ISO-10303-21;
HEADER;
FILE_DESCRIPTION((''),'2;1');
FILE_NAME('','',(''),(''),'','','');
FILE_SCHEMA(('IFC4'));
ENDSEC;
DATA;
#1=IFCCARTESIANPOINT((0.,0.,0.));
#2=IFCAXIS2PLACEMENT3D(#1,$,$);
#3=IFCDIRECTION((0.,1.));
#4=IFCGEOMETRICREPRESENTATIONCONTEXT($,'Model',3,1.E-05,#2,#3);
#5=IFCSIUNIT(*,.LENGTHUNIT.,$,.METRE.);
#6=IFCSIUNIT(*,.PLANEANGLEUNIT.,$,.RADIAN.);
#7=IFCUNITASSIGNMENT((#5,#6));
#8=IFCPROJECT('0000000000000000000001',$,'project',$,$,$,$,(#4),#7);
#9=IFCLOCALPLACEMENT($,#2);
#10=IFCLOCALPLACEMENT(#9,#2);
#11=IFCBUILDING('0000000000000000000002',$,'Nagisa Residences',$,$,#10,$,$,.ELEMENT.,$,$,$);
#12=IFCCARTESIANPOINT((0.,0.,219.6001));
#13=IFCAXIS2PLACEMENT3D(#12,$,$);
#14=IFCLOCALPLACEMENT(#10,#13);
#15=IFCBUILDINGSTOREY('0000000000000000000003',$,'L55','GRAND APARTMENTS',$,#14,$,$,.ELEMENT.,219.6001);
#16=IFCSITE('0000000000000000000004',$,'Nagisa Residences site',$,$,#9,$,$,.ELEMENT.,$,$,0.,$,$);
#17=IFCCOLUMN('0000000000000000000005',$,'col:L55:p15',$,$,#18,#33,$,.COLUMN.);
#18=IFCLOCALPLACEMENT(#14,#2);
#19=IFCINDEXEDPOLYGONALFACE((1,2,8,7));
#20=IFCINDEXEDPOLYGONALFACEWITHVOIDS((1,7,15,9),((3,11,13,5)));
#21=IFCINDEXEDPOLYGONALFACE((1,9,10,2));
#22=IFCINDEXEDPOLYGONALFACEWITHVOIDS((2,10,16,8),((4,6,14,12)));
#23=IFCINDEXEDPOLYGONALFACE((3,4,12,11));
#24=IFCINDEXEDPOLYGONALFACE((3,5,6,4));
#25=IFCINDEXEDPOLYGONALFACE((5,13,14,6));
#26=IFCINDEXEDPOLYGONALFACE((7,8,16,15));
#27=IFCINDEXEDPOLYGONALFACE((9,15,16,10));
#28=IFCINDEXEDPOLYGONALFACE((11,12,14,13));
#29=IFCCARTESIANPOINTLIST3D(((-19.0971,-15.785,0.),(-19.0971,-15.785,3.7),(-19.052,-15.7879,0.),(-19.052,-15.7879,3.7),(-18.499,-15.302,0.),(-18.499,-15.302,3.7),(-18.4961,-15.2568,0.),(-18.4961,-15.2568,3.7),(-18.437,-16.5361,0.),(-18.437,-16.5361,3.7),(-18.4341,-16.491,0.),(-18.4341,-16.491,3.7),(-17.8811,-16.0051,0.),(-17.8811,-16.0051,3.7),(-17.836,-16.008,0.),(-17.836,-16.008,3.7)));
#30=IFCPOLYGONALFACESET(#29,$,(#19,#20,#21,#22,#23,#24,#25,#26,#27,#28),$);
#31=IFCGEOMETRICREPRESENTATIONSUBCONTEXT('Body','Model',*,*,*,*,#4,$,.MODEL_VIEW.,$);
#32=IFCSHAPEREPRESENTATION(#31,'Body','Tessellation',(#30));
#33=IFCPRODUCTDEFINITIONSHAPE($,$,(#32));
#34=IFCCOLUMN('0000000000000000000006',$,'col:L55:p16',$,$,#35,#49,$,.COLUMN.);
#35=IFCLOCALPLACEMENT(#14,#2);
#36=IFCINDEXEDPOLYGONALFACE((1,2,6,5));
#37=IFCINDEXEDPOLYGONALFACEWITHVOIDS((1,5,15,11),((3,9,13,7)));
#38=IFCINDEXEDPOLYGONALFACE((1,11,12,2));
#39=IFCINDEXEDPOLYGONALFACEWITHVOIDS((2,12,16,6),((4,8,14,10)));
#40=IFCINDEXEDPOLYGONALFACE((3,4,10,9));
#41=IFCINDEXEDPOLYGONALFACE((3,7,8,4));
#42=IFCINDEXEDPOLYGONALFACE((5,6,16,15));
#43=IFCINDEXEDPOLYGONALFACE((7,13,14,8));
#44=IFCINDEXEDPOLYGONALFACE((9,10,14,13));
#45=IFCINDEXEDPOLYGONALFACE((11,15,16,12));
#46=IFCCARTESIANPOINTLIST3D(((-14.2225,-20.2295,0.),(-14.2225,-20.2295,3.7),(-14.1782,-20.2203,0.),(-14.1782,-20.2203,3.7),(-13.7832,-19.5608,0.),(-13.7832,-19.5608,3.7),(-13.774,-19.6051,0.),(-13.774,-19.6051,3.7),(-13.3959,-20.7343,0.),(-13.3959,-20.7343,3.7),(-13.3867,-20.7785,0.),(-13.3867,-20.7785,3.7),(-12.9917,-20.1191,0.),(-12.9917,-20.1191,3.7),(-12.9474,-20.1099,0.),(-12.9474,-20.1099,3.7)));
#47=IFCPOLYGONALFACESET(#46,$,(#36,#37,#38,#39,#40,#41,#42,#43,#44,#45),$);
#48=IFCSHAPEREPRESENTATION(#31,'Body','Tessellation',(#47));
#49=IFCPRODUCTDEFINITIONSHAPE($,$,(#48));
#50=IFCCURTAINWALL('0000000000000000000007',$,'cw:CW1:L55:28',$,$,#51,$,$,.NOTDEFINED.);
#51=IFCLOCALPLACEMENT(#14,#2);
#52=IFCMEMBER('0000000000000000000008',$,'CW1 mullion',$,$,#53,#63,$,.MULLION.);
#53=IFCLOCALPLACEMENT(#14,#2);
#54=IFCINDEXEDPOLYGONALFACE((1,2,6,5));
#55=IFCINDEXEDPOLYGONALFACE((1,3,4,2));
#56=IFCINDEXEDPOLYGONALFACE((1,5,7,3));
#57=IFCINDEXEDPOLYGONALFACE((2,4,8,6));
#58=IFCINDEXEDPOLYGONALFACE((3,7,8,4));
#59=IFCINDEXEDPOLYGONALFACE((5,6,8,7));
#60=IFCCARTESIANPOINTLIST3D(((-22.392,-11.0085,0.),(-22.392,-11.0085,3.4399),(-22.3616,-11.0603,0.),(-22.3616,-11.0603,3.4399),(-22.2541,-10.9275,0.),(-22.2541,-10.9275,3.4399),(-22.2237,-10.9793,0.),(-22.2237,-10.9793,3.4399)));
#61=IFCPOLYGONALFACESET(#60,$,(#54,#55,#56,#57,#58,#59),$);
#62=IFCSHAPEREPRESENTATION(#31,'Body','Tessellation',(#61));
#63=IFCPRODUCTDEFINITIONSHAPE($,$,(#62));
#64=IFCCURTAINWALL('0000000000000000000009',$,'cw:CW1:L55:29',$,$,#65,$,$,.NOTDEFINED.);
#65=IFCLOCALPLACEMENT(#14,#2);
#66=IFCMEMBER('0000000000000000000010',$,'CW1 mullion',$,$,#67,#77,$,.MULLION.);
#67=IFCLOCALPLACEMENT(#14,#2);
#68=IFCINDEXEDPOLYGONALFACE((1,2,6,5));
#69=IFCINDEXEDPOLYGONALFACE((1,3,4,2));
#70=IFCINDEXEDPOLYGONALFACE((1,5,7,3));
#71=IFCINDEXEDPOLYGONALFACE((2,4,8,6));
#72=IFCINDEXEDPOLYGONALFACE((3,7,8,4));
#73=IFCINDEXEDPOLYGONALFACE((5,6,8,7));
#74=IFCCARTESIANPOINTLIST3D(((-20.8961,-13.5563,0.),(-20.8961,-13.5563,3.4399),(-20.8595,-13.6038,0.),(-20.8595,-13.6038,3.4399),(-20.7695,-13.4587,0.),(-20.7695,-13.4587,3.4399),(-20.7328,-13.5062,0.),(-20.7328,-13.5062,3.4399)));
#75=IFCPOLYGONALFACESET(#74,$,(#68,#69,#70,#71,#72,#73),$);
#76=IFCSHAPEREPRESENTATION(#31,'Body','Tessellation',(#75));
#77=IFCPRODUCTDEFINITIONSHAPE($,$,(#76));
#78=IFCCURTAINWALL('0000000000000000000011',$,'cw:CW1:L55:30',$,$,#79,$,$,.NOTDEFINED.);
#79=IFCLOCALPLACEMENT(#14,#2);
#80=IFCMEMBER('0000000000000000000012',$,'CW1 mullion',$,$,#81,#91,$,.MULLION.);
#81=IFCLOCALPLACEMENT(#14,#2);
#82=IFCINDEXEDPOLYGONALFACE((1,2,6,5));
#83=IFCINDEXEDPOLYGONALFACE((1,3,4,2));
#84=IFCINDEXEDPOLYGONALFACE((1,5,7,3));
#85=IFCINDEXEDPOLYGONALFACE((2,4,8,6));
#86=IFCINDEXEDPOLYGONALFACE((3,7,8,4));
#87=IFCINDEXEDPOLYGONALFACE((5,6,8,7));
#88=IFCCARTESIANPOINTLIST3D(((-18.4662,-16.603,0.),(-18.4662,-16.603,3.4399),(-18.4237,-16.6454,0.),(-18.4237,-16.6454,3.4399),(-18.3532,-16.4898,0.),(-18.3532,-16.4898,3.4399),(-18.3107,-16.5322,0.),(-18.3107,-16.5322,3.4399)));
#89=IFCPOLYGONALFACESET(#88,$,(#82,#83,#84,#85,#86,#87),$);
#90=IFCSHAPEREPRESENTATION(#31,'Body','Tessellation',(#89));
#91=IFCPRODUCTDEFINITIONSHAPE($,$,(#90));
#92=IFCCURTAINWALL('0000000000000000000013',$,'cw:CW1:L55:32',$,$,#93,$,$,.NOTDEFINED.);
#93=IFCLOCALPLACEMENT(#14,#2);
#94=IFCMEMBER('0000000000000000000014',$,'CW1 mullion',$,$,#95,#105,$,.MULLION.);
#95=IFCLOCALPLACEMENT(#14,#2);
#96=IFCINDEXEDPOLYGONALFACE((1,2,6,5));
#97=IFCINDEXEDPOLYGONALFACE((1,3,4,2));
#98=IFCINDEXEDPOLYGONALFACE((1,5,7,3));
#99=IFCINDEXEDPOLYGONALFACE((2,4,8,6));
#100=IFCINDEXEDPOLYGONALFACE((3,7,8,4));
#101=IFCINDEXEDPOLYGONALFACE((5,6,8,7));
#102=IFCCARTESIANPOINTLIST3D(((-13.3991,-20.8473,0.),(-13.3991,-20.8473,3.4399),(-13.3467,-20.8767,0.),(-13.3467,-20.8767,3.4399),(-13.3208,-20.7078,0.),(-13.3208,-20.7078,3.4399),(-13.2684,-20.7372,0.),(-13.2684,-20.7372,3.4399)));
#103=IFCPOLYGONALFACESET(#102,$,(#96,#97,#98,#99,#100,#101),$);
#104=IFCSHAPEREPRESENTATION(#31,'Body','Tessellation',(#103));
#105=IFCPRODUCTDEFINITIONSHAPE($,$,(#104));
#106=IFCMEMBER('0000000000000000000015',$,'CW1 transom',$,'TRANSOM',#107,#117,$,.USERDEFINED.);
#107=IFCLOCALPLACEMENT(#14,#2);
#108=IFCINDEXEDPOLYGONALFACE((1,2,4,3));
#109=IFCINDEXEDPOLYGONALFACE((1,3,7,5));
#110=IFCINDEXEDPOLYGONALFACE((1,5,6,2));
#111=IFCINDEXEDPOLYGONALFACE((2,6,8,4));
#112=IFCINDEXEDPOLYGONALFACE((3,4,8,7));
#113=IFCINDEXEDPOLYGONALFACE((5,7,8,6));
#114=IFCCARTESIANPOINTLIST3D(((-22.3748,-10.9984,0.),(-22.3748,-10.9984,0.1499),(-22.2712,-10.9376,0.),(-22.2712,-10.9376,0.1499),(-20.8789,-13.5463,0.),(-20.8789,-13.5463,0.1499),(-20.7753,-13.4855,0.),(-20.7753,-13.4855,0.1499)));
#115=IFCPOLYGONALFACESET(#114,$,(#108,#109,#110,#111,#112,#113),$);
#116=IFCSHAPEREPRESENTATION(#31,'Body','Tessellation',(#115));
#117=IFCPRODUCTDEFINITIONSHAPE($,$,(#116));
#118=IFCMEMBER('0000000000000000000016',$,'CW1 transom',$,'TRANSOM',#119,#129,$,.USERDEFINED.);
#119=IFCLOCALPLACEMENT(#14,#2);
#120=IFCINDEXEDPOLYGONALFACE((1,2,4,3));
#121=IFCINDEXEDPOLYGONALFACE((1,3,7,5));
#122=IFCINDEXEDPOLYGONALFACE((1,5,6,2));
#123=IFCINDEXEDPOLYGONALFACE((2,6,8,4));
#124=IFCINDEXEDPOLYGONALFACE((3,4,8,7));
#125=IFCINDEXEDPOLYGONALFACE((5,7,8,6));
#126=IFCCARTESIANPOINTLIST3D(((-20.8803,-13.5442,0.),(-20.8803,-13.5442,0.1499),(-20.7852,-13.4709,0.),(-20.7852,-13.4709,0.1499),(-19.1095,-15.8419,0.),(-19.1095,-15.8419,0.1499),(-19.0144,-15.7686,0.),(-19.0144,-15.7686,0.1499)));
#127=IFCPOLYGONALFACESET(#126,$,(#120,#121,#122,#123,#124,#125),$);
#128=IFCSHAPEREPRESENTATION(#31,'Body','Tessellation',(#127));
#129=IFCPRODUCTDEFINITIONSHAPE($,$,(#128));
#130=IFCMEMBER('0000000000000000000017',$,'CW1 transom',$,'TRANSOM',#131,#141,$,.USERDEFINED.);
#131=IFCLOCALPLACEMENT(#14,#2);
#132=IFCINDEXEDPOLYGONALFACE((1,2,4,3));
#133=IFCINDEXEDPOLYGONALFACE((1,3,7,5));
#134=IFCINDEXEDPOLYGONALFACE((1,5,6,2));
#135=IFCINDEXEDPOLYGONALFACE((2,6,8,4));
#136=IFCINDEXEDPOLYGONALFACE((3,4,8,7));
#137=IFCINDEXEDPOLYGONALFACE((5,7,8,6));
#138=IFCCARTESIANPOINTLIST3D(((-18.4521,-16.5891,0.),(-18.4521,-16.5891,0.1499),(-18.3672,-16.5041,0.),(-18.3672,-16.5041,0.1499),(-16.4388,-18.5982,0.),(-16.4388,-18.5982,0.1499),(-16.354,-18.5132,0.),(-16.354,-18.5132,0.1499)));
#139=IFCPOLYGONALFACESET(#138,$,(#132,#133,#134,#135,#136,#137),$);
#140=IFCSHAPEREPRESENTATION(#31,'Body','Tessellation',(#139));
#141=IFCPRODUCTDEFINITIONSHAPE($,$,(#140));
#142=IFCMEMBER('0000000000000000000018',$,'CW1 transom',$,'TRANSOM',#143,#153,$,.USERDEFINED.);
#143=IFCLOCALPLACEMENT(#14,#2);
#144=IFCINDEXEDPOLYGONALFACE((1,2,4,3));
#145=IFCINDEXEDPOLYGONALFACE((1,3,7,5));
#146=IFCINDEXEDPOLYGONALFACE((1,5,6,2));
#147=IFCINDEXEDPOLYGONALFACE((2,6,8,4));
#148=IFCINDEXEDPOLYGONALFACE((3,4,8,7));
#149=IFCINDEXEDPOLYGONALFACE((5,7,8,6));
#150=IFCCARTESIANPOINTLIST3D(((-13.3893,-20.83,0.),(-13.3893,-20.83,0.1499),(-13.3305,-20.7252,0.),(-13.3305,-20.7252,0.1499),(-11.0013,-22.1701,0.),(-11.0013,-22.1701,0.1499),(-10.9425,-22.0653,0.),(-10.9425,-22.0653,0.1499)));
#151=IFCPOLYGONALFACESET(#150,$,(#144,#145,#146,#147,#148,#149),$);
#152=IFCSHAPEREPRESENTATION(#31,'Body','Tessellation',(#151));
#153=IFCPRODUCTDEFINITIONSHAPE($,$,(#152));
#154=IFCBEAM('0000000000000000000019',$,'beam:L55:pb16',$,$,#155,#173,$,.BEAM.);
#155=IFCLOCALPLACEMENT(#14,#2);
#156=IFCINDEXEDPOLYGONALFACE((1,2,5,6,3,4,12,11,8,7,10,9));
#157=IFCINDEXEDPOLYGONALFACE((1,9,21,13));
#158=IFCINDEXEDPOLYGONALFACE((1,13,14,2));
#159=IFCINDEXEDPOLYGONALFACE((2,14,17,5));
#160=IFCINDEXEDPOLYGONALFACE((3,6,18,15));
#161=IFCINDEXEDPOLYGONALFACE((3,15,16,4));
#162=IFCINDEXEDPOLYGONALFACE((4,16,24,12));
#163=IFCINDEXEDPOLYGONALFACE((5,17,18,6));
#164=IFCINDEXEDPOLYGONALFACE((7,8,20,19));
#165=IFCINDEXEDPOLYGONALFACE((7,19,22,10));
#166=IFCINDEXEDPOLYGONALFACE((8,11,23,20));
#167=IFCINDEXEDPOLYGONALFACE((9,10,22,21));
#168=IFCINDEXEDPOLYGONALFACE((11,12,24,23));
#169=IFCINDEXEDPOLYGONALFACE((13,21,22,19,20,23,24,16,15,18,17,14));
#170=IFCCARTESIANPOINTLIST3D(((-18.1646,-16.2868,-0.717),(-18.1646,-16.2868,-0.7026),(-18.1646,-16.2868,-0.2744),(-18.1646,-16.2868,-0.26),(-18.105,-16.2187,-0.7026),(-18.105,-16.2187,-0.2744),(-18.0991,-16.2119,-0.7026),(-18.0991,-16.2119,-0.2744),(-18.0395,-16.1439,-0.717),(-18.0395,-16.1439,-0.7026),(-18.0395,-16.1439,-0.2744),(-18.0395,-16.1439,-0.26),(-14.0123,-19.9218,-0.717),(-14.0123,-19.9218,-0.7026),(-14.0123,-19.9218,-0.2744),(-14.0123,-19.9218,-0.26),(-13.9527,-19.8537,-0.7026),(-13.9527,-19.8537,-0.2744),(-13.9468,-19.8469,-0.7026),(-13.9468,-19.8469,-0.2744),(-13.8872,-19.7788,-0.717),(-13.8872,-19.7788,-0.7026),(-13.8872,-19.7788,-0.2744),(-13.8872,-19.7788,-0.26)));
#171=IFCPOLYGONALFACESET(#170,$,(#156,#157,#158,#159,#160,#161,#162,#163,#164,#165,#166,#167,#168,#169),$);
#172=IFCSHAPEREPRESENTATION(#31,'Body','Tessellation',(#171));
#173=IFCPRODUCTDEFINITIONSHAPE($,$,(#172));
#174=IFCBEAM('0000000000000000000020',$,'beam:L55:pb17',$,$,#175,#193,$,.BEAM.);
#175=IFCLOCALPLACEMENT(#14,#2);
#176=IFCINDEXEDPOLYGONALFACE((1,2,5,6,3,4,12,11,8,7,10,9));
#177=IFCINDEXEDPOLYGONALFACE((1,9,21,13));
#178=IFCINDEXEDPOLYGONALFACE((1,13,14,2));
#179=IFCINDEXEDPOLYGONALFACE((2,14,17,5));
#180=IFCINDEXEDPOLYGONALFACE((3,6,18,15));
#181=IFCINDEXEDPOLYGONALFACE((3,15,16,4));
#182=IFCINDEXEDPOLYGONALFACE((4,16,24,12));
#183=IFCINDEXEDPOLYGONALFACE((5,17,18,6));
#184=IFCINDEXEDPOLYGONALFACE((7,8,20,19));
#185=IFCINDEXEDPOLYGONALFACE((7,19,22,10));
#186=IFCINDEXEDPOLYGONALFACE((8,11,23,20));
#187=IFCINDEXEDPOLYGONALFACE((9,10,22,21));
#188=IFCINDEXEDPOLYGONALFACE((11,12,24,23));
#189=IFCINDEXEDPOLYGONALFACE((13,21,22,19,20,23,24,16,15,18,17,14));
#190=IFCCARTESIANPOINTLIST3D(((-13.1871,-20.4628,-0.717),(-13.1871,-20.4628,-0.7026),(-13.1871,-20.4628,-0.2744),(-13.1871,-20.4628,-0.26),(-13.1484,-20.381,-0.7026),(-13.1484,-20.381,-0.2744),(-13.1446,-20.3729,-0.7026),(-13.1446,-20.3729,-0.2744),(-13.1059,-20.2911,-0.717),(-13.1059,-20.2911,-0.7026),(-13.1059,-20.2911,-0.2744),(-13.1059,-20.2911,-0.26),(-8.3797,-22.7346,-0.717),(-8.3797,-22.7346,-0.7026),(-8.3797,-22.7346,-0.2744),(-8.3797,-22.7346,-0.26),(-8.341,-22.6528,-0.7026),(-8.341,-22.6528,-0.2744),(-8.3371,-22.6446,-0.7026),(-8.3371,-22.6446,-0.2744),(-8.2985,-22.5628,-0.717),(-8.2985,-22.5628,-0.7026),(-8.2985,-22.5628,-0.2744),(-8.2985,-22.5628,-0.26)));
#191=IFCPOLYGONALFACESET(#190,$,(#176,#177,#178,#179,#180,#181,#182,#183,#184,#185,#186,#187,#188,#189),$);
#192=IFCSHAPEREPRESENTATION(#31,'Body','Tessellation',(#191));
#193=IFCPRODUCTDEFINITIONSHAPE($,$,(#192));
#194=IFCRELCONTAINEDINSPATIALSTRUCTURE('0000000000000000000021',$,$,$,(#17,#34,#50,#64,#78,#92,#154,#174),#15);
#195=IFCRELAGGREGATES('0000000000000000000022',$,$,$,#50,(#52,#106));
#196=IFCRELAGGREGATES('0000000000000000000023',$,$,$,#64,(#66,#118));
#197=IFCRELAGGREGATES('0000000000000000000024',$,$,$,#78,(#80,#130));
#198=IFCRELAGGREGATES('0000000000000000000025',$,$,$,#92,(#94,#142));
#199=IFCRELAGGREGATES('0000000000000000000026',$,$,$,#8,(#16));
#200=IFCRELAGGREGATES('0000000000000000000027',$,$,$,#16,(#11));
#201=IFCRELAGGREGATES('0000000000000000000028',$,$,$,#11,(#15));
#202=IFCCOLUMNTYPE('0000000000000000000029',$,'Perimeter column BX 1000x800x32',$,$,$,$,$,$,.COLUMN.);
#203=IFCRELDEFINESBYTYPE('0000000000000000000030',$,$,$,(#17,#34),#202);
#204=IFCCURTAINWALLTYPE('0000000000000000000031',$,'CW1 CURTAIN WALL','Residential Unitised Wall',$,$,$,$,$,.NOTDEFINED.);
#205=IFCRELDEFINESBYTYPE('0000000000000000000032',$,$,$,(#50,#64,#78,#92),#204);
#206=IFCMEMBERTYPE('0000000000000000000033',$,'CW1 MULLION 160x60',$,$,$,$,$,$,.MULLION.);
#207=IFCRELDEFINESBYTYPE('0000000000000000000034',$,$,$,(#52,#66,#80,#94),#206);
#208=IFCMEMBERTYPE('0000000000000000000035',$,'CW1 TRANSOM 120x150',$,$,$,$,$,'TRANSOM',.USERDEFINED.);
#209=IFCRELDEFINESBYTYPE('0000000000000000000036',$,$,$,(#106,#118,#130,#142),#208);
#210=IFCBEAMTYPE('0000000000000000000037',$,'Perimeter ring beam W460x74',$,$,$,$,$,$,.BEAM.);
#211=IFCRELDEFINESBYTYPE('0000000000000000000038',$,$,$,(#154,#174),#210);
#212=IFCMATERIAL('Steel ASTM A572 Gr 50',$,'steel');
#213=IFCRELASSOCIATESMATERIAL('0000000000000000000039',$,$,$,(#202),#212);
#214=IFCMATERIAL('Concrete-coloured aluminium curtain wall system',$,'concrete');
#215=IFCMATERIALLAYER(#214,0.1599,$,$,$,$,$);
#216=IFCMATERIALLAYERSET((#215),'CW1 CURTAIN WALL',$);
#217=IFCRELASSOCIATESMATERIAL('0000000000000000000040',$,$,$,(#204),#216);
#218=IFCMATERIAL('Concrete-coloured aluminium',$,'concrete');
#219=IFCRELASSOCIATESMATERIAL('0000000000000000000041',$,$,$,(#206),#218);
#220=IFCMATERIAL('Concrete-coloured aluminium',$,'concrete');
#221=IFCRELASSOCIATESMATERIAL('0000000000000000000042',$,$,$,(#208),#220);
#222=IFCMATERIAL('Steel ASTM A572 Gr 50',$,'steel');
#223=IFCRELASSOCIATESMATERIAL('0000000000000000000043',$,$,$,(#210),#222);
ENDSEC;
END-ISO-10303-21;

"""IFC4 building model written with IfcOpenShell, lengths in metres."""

from ifc_helpers import new_model, si_unit, direction, frame, origin, origin_2d, place, context, subcontext, project, spatial, rectangle, hollow_rectangle, i_section, extrude, material, layer, layer_set, material_profile, profile_set, type_object, element, aggregate, save


model = new_model("IFC4")

# Units and contexts
model_context = context("Model", 3, precision=1e-05, world=origin(), true_north=direction((0.0, 1.0)))
body_context = subcontext(model_context, "Body", "Model", "MODEL_VIEW")
ifc_project = project(units=[si_unit("LENGTHUNIT", "METRE"), si_unit("PLANEANGLEUNIT", "RADIAN")], contexts=[model_context])

# Site, building, storey
site_placement = place(None, origin())
site = spatial("IfcSite", under=ifc_project, at=site_placement, Name="Nagisa Residences site", CompositionType="ELEMENT", RefElevation=0.0)
building_placement = place(site_placement, origin())
building = spatial("IfcBuilding", under=site, at=building_placement, Name="Nagisa Residences", CompositionType="ELEMENT")
storey_placement = place(building_placement, frame((0.0, 0.0, 219.6001)))
storey = spatial("IfcBuildingStorey", under=building, at=storey_placement, Name="L55", Description="GRAND APARTMENTS", CompositionType="ELEMENT", Elevation=219.6001)

# Columns
ifc_material_1 = material(Name="Steel ASTM A572 Gr 50", Category="steel")
ifc_material_profile_1 = material_profile(ifc_material_1, hollow_rectangle(XDim=1.0, YDim=0.8, WallThickness=0.032, at=origin_2d()), Name="BX 1000x800x32")
ifc_profile_set_1 = profile_set([ifc_material_profile_1], Name="Steel ASTM A572 Gr 50")
column_type = type_object("IfcColumnType", Name="Perimeter column BX 1000x800x32", PredefinedType="COLUMN", material=ifc_profile_set_1)
for number, where, z_axis, x_axis, name in (
    (1, (-18.4666, -15.8965, 0.0), (0.0, 0.0, 1.0), (0.660115, -0.751165, 0.0), "col:L55:p15"),
    (2, (-13.585, -20.1697, 0.0), (0.0, 0.0, 1.0), (0.835766, -0.549086, 0.0), "col:L55:p16"),
):
    element("IfcColumn", number, at=place(storey_placement, frame(where, z_axis=z_axis, x_axis=x_axis)), inside=storey, type_object=column_type, Name=name, PredefinedType="COLUMN", context=body_context, shape_type="SweptSolid", body=[
        extrude(hollow_rectangle(XDim=1.0, YDim=0.8, WallThickness=0.032, at=origin_2d()), origin(), (0.0, 0.0, 1.0), 3.7),
    ])

# Curtain walls, members
ifc_material_2 = material(Name="Concrete-coloured aluminium curtain wall system", Category="concrete")
ifc_layer_1 = layer(ifc_material_2, 0.1599)
ifc_layer_set_1 = layer_set([ifc_layer_1], Name="CW1 CURTAIN WALL")
curtain_wall_type = type_object("IfcCurtainWallType", Name="CW1 CURTAIN WALL", Description="Residential Unitised Wall", PredefinedType="NOTDEFINED", material=ifc_layer_set_1)
curtain_wall_1_placement = place(storey_placement, origin())
curtain_wall_1 = element("IfcCurtainWall", 3, at=curtain_wall_1_placement, inside=storey, type_object=curtain_wall_type, Name="cw:CW1:L55:28", PredefinedType="NOTDEFINED")
ifc_material_3 = material(Name="Concrete-coloured aluminium", Category="concrete")
ifc_material_profile_2 = material_profile(ifc_material_3, rectangle(XDim=0.1599, YDim=0.0601, at=origin_2d()), Name="CW1 MULLION 160x60")
ifc_profile_set_2 = profile_set([ifc_material_profile_2], Name="Concrete-coloured aluminium")
member_type_1 = type_object("IfcMemberType", Name="CW1 MULLION 160x60", PredefinedType="MULLION", material=ifc_profile_set_2)
member_1_placement = place(storey_placement, frame((-22.3079, -10.9939, 0.0), z_axis=(0.0, 0.0, 1.0), x_axis=(0.862329, 0.506349, 0.0)))
member_1 = element("IfcMember", 4, at=member_1_placement, type_object=member_type_1, Name="CW1 mullion", PredefinedType="MULLION", context=body_context, shape_type="SweptSolid", body=[
    extrude(rectangle(XDim=0.1599, YDim=0.0601, at=origin_2d()), origin(), (0.0, 0.0, 1.0), 3.4399),
])
curtain_wall_2_placement = place(storey_placement, origin())
curtain_wall_2 = element("IfcCurtainWall", 5, at=curtain_wall_2_placement, inside=storey, type_object=curtain_wall_type, Name="cw:CW1:L55:29", PredefinedType="NOTDEFINED")
member_2_placement = place(storey_placement, frame((-20.8145, -13.5312, 0.0), z_axis=(0.0, 0.0, 1.0), x_axis=(0.79207, 0.61043, 0.0)))
member_2 = element("IfcMember", 6, at=member_2_placement, type_object=member_type_1, Name="CW1 mullion", PredefinedType="MULLION", context=body_context, shape_type="SweptSolid", body=[
    extrude(rectangle(XDim=0.1599, YDim=0.0601, at=origin_2d()), origin(), (0.0, 0.0, 1.0), 3.4399),
])
curtain_wall_3_placement = place(storey_placement, origin())
curtain_wall_3 = element("IfcCurtainWall", 7, at=curtain_wall_3_placement, inside=storey, type_object=curtain_wall_type, Name="cw:CW1:L55:30", PredefinedType="NOTDEFINED")
member_3_placement = place(storey_placement, frame((-18.3884, -16.5676, 0.0), z_axis=(0.0, 0.0, 1.0), x_axis=(0.706377, 0.707836, 0.0)))
member_3 = element("IfcMember", 8, at=member_3_placement, type_object=member_type_1, Name="CW1 mullion", PredefinedType="MULLION", context=body_context, shape_type="SweptSolid", body=[
    extrude(rectangle(XDim=0.1599, YDim=0.0601, at=origin_2d()), origin(), (0.0, 0.0, 1.0), 3.4399),
])
curtain_wall_4_placement = place(storey_placement, origin())
curtain_wall_4 = element("IfcCurtainWall", 9, at=curtain_wall_4_placement, inside=storey, type_object=curtain_wall_type, Name="cw:CW1:L55:32", PredefinedType="NOTDEFINED")
member_4_placement = place(storey_placement, frame((-13.3337, -20.7922, 0.0), z_axis=(0.0, 0.0, 1.0), x_axis=(0.489377, 0.872072, 0.0)))
member_4 = element("IfcMember", 10, at=member_4_placement, type_object=member_type_1, Name="CW1 mullion", PredefinedType="MULLION", context=body_context, shape_type="SweptSolid", body=[
    extrude(rectangle(XDim=0.1599, YDim=0.0601, at=origin_2d()), origin(), (0.0, 0.0, 1.0), 3.4399),
])

# Members
ifc_material_4 = material(Name="Concrete-coloured aluminium", Category="concrete")
ifc_material_profile_3 = material_profile(ifc_material_4, rectangle(XDim=0.1201, YDim=0.1499, at=origin_2d()), Name="CW1 TRANSOM 120x150")
ifc_profile_set_3 = profile_set([ifc_material_profile_3], Name="Concrete-coloured aluminium")
member_type_2 = type_object("IfcMemberType", Name="CW1 TRANSOM 120x150", ElementType="TRANSOM", PredefinedType="USERDEFINED", material=ifc_profile_set_3)
member_5_placement = place(storey_placement, frame((-22.323, -10.968, 0.075), z_axis=(0.506294, -0.862361, 0.0), x_axis=(0.862361, 0.506294, 0.0)))
member_5 = element("IfcMember", 11, at=member_5_placement, type_object=member_type_2, Name="CW1 transom", ObjectType="TRANSOM", PredefinedType="USERDEFINED", context=body_context, shape_type="SweptSolid", body=[
    extrude(rectangle(XDim=0.1201, YDim=0.1499, at=origin_2d()), origin(), (0.0, 0.0, 1.0), 2.9546),
])
member_6_placement = place(storey_placement, frame((-20.8328, -13.5076, 0.075), z_axis=(0.610439, -0.792064, 0.0), x_axis=(0.792064, 0.610439, 0.0)))
member_6 = element("IfcMember", 12, at=member_6_placement, type_object=member_type_2, Name="CW1 transom", ObjectType="TRANSOM", PredefinedType="USERDEFINED", context=body_context, shape_type="SweptSolid", body=[
    extrude(rectangle(XDim=0.1201, YDim=0.1499, at=origin_2d()), origin(), (0.0, 0.0, 1.0), 2.9009),
])
member_7_placement = place(storey_placement, frame((-18.4097, -16.5466, 0.075), z_axis=(0.707836, -0.706377, 0.0), x_axis=(0.706377, 0.707836, 0.0)))
member_7 = element("IfcMember", 13, at=member_7_placement, type_object=member_type_2, Name="CW1 transom", ObjectType="TRANSOM", PredefinedType="USERDEFINED", context=body_context, shape_type="SweptSolid", body=[
    extrude(rectangle(XDim=0.1201, YDim=0.1499, at=origin_2d()), origin(), (0.0, 0.0, 1.0), 2.8442),
])
member_8_placement = place(storey_placement, frame((-13.3599, -20.7776, 0.075), z_axis=(0.872063, -0.489393, 0.0), x_axis=(0.489393, 0.872063, 0.0)))
member_8 = element("IfcMember", 14, at=member_8_placement, type_object=member_type_2, Name="CW1 transom", ObjectType="TRANSOM", PredefinedType="USERDEFINED", context=body_context, shape_type="SweptSolid", body=[
    extrude(rectangle(XDim=0.1201, YDim=0.1499, at=origin_2d()), origin(), (0.0, 0.0, 1.0), 2.7383),
])

# Beams
ifc_material_5 = material(Name="Steel ASTM A572 Gr 50", Category="steel")
ifc_material_profile_4 = material_profile(ifc_material_5, i_section(OverallWidth=0.1899, OverallDepth=0.457, WebThickness=0.009, FlangeThickness=0.0144, at=origin_2d()), Name="W460x74")
ifc_profile_set_4 = profile_set([ifc_material_profile_4], Name="Steel ASTM A572 Gr 50")
beam_type_1 = type_object("IfcBeamType", Name="Perimeter ring beam W460x74", PredefinedType="BEAM", material=ifc_profile_set_4)
beam_1_placement = place(storey_placement, frame((-18.1021, -16.2153, -0.4885), z_axis=(0.752423, -0.65868, 0.0), x_axis=(0.65868, 0.752423, 0.0)))
element("IfcBeam", 15, at=beam_1_placement, inside=storey, type_object=beam_type_1, Name="beam:L55:pb16", PredefinedType="BEAM", context=body_context, shape_type="SweptSolid", body=[
    extrude(i_section(OverallWidth=0.1899, OverallDepth=0.457, WebThickness=0.009, FlangeThickness=0.0144, at=origin_2d()), origin(), (0.0, 0.0, 1.0), 5.5186),
])
beam_2_placement = place(storey_placement, frame((-13.1465, -20.377, -0.4885), z_axis=(0.904134, -0.427249, 0.0), x_axis=(0.427249, 0.904134, 0.0)))
element("IfcBeam", 16, at=beam_2_placement, inside=storey, type_object=beam_type_1, Name="beam:L55:pb17", PredefinedType="BEAM", context=body_context, shape_type="SweptSolid", body=[
    extrude(i_section(OverallWidth=0.1899, OverallDepth=0.457, WebThickness=0.009, FlangeThickness=0.0144, at=origin_2d()), origin(), (0.0, 0.0, 1.0), 5.3171),
])

aggregate(curtain_wall_1, [member_1, member_5])
aggregate(curtain_wall_2, [member_2, member_6])
aggregate(curtain_wall_3, [member_3, member_7])
aggregate(curtain_wall_4, [member_4, member_8])

save(model, "model.ifc")
